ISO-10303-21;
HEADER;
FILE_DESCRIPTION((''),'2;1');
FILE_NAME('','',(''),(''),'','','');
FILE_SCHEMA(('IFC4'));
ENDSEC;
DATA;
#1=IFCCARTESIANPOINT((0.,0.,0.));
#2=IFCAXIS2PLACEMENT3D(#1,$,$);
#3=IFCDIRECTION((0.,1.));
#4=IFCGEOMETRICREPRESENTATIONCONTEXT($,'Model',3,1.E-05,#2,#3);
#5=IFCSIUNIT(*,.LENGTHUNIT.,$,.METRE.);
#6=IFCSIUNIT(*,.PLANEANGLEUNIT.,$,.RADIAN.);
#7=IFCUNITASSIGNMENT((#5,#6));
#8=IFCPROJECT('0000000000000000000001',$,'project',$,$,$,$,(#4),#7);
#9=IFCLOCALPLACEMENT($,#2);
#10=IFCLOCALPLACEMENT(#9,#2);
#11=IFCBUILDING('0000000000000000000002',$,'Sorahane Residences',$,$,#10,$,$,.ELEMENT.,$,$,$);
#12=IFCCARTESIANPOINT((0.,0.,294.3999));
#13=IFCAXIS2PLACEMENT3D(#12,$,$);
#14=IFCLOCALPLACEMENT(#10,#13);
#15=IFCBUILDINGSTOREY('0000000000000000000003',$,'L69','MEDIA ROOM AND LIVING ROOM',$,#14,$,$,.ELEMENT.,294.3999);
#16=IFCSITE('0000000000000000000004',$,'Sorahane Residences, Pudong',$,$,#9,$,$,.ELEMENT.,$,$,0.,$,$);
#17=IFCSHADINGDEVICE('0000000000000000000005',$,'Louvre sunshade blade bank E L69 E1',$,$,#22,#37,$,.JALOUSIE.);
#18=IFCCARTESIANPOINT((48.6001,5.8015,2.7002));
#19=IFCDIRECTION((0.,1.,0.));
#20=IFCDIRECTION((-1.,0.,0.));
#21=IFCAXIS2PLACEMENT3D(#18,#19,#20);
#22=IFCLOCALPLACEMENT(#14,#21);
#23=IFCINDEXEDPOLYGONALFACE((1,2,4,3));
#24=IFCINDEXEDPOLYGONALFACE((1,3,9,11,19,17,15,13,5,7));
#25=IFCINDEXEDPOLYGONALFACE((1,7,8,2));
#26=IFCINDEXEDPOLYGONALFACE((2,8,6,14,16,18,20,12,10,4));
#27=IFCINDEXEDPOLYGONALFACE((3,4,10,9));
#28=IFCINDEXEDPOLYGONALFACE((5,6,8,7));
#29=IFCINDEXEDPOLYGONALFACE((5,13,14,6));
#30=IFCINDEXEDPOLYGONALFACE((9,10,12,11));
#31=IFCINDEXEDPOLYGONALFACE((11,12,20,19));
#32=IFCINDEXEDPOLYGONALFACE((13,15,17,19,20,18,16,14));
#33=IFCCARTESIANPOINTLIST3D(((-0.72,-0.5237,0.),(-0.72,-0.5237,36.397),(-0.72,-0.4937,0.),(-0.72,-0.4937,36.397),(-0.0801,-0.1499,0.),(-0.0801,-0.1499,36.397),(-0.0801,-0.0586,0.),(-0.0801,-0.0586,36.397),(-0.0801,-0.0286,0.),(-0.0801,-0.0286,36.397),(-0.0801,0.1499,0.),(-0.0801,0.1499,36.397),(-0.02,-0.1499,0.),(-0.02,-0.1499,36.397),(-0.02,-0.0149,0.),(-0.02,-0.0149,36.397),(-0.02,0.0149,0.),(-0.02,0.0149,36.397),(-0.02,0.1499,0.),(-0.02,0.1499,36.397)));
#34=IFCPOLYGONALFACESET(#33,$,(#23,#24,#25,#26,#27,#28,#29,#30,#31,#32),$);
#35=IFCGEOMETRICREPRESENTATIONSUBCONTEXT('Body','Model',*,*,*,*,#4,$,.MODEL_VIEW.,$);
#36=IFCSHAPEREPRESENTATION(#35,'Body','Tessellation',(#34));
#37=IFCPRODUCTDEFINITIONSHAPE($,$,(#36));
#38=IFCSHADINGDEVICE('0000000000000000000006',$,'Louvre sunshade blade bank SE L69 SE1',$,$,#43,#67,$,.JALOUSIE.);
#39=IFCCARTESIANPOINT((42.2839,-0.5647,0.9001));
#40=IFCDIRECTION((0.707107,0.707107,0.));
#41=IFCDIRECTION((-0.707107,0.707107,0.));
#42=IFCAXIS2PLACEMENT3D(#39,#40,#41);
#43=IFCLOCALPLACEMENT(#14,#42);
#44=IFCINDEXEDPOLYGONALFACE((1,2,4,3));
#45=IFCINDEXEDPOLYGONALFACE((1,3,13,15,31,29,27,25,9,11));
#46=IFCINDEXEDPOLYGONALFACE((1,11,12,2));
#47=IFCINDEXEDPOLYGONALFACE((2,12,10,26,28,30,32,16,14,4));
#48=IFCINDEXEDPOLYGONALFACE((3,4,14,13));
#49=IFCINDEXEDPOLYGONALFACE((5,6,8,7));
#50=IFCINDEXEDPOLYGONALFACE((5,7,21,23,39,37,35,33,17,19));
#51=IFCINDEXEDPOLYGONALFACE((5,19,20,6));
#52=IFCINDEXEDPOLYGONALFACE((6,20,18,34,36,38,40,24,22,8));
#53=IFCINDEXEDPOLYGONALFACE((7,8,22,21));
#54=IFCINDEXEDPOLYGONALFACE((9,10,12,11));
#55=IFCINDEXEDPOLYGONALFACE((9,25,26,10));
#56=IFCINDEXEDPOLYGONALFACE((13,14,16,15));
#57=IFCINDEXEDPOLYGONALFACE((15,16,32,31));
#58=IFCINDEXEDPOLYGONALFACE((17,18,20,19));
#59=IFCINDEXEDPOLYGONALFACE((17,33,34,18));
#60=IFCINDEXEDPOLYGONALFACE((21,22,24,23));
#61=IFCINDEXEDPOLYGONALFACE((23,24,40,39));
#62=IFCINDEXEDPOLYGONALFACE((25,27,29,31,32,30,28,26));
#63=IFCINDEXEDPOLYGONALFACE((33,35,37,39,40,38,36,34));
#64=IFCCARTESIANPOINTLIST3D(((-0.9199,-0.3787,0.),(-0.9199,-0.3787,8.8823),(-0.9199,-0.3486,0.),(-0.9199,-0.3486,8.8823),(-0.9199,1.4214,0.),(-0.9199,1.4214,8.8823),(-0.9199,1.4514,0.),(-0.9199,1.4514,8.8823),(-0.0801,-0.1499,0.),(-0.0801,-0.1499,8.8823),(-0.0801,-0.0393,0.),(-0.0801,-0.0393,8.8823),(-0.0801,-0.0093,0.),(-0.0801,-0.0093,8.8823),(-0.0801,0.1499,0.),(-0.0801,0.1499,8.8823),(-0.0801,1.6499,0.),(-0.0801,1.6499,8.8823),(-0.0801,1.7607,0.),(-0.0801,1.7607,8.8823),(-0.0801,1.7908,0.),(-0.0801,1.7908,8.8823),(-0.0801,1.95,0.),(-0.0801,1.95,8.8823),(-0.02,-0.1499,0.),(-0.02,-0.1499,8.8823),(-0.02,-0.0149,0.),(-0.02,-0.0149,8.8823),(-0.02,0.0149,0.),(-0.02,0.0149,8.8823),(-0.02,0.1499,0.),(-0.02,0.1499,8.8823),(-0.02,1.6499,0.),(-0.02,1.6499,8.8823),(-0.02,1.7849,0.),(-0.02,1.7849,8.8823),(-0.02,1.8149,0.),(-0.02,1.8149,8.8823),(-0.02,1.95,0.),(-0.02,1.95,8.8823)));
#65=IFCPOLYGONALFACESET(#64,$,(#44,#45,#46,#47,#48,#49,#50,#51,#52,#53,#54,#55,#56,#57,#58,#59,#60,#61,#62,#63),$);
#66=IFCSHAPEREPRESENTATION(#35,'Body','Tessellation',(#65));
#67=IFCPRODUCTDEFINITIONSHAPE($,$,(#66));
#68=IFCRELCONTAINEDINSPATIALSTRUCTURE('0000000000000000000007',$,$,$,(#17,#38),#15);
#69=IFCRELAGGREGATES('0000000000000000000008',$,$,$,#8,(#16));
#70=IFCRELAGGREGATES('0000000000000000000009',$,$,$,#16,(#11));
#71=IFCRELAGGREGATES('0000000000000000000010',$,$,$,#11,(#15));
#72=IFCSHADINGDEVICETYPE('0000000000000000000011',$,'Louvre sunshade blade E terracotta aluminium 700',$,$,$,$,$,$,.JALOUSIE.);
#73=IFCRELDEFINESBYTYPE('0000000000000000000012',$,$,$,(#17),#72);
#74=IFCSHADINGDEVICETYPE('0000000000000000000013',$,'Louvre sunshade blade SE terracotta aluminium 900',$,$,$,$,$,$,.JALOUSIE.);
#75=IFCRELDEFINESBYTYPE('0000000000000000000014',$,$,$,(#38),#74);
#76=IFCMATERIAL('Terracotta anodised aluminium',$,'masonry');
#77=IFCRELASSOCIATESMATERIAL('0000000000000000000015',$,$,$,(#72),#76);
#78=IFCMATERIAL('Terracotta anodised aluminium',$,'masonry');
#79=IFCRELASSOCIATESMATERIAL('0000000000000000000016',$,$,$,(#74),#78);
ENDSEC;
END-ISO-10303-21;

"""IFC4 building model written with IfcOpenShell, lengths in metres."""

from ifc_helpers import new_model, si_unit, direction, frame, origin, place, context, subcontext, project, spatial, polyline, outline, composite_profile, extrude, material, type_object, element, save


model = new_model("IFC4")

# Units and contexts
model_context = context("Model", 3, precision=1e-05, world=origin(), true_north=direction((0.0, 1.0)))
body_context = subcontext(model_context, "Body", "Model", "MODEL_VIEW")
ifc_project = project(units=[si_unit("LENGTHUNIT", "METRE"), si_unit("PLANEANGLEUNIT", "RADIAN")], contexts=[model_context])

# Site, building, storey
site_placement = place(None, origin())
site = spatial("IfcSite", under=ifc_project, at=site_placement, Name="Sorahane Residences, Pudong", CompositionType="ELEMENT", RefElevation=0.0)
building_placement = place(site_placement, origin())
building = spatial("IfcBuilding", under=site, at=building_placement, Name="Sorahane Residences", CompositionType="ELEMENT")
storey_placement = place(building_placement, frame((0.0, 0.0, 294.3999)))
storey = spatial("IfcBuildingStorey", under=building, at=storey_placement, Name="L69", Description="MEDIA ROOM AND LIVING ROOM", CompositionType="ELEMENT", Elevation=294.3999)

# Shading devices
ifc_material_1 = material(Name="Terracotta anodised aluminium", Category="masonry")
shading_device_type_1 = type_object("IfcShadingDeviceType", Name="Louvre sunshade blade E terracotta aluminium 700", PredefinedType="JALOUSIE", material=ifc_material_1)
shading_device_1_placement = place(storey_placement, frame((48.6001, 5.8015, 2.7002), z_axis=(0.0, 1.0, 0.0), x_axis=(-1.0, 0.0, 0.0)))
element("IfcShadingDevice", 1, at=shading_device_1_placement, inside=storey, type_object=shading_device_type_1, Name="Louvre sunshade blade bank E L69 E1", PredefinedType="JALOUSIE", context=body_context, shape_type="SweptSolid", body=[
    extrude(outline(polyline([(-0.72, -0.4937), (-0.72, -0.5237), (-0.0801, -0.0586), (-0.0801, -0.1499), (-0.02, -0.1499), (-0.02, -0.0149), (-0.02, 0.0149), (-0.02, 0.1499), (-0.0801, 0.1499), (-0.0801, -0.0286), (-0.72, -0.4937)])), origin(), (0.0, 0.0, 1.0), 36.397),
])
ifc_material_2 = material(Name="Terracotta anodised aluminium", Category="masonry")
shading_device_type_2 = type_object("IfcShadingDeviceType", Name="Louvre sunshade blade SE terracotta aluminium 900", PredefinedType="JALOUSIE", material=ifc_material_2)
shading_device_2_placement = place(storey_placement, frame((42.2839, -0.5647, 0.9001), z_axis=(0.707107, 0.707107, 0.0), x_axis=(-0.707107, 0.707107, 0.0)))
element("IfcShadingDevice", 2, at=shading_device_2_placement, inside=storey, type_object=shading_device_type_2, Name="Louvre sunshade blade bank SE L69 SE1", PredefinedType="JALOUSIE", context=body_context, shape_type="SweptSolid", body=[
    extrude(composite_profile([outline(polyline([(-0.9199, -0.3486), (-0.9199, -0.3787), (-0.0801, -0.0393), (-0.0801, -0.1499), (-0.02, -0.1499), (-0.02, -0.0149), (-0.02, 0.0149), (-0.02, 0.1499), (-0.0801, 0.1499), (-0.0801, -0.0093), (-0.9199, -0.3486)])), outline(polyline([(-0.9199, 1.4514), (-0.9199, 1.4214), (-0.0801, 1.7607), (-0.0801, 1.6499), (-0.02, 1.6499), (-0.02, 1.7849), (-0.02, 1.8149), (-0.02, 1.95), (-0.0801, 1.95), (-0.0801, 1.7908), (-0.9199, 1.4514)]))]), origin(), (0.0, 0.0, 1.0), 8.8823),
])

save(model, "model.ifc")
